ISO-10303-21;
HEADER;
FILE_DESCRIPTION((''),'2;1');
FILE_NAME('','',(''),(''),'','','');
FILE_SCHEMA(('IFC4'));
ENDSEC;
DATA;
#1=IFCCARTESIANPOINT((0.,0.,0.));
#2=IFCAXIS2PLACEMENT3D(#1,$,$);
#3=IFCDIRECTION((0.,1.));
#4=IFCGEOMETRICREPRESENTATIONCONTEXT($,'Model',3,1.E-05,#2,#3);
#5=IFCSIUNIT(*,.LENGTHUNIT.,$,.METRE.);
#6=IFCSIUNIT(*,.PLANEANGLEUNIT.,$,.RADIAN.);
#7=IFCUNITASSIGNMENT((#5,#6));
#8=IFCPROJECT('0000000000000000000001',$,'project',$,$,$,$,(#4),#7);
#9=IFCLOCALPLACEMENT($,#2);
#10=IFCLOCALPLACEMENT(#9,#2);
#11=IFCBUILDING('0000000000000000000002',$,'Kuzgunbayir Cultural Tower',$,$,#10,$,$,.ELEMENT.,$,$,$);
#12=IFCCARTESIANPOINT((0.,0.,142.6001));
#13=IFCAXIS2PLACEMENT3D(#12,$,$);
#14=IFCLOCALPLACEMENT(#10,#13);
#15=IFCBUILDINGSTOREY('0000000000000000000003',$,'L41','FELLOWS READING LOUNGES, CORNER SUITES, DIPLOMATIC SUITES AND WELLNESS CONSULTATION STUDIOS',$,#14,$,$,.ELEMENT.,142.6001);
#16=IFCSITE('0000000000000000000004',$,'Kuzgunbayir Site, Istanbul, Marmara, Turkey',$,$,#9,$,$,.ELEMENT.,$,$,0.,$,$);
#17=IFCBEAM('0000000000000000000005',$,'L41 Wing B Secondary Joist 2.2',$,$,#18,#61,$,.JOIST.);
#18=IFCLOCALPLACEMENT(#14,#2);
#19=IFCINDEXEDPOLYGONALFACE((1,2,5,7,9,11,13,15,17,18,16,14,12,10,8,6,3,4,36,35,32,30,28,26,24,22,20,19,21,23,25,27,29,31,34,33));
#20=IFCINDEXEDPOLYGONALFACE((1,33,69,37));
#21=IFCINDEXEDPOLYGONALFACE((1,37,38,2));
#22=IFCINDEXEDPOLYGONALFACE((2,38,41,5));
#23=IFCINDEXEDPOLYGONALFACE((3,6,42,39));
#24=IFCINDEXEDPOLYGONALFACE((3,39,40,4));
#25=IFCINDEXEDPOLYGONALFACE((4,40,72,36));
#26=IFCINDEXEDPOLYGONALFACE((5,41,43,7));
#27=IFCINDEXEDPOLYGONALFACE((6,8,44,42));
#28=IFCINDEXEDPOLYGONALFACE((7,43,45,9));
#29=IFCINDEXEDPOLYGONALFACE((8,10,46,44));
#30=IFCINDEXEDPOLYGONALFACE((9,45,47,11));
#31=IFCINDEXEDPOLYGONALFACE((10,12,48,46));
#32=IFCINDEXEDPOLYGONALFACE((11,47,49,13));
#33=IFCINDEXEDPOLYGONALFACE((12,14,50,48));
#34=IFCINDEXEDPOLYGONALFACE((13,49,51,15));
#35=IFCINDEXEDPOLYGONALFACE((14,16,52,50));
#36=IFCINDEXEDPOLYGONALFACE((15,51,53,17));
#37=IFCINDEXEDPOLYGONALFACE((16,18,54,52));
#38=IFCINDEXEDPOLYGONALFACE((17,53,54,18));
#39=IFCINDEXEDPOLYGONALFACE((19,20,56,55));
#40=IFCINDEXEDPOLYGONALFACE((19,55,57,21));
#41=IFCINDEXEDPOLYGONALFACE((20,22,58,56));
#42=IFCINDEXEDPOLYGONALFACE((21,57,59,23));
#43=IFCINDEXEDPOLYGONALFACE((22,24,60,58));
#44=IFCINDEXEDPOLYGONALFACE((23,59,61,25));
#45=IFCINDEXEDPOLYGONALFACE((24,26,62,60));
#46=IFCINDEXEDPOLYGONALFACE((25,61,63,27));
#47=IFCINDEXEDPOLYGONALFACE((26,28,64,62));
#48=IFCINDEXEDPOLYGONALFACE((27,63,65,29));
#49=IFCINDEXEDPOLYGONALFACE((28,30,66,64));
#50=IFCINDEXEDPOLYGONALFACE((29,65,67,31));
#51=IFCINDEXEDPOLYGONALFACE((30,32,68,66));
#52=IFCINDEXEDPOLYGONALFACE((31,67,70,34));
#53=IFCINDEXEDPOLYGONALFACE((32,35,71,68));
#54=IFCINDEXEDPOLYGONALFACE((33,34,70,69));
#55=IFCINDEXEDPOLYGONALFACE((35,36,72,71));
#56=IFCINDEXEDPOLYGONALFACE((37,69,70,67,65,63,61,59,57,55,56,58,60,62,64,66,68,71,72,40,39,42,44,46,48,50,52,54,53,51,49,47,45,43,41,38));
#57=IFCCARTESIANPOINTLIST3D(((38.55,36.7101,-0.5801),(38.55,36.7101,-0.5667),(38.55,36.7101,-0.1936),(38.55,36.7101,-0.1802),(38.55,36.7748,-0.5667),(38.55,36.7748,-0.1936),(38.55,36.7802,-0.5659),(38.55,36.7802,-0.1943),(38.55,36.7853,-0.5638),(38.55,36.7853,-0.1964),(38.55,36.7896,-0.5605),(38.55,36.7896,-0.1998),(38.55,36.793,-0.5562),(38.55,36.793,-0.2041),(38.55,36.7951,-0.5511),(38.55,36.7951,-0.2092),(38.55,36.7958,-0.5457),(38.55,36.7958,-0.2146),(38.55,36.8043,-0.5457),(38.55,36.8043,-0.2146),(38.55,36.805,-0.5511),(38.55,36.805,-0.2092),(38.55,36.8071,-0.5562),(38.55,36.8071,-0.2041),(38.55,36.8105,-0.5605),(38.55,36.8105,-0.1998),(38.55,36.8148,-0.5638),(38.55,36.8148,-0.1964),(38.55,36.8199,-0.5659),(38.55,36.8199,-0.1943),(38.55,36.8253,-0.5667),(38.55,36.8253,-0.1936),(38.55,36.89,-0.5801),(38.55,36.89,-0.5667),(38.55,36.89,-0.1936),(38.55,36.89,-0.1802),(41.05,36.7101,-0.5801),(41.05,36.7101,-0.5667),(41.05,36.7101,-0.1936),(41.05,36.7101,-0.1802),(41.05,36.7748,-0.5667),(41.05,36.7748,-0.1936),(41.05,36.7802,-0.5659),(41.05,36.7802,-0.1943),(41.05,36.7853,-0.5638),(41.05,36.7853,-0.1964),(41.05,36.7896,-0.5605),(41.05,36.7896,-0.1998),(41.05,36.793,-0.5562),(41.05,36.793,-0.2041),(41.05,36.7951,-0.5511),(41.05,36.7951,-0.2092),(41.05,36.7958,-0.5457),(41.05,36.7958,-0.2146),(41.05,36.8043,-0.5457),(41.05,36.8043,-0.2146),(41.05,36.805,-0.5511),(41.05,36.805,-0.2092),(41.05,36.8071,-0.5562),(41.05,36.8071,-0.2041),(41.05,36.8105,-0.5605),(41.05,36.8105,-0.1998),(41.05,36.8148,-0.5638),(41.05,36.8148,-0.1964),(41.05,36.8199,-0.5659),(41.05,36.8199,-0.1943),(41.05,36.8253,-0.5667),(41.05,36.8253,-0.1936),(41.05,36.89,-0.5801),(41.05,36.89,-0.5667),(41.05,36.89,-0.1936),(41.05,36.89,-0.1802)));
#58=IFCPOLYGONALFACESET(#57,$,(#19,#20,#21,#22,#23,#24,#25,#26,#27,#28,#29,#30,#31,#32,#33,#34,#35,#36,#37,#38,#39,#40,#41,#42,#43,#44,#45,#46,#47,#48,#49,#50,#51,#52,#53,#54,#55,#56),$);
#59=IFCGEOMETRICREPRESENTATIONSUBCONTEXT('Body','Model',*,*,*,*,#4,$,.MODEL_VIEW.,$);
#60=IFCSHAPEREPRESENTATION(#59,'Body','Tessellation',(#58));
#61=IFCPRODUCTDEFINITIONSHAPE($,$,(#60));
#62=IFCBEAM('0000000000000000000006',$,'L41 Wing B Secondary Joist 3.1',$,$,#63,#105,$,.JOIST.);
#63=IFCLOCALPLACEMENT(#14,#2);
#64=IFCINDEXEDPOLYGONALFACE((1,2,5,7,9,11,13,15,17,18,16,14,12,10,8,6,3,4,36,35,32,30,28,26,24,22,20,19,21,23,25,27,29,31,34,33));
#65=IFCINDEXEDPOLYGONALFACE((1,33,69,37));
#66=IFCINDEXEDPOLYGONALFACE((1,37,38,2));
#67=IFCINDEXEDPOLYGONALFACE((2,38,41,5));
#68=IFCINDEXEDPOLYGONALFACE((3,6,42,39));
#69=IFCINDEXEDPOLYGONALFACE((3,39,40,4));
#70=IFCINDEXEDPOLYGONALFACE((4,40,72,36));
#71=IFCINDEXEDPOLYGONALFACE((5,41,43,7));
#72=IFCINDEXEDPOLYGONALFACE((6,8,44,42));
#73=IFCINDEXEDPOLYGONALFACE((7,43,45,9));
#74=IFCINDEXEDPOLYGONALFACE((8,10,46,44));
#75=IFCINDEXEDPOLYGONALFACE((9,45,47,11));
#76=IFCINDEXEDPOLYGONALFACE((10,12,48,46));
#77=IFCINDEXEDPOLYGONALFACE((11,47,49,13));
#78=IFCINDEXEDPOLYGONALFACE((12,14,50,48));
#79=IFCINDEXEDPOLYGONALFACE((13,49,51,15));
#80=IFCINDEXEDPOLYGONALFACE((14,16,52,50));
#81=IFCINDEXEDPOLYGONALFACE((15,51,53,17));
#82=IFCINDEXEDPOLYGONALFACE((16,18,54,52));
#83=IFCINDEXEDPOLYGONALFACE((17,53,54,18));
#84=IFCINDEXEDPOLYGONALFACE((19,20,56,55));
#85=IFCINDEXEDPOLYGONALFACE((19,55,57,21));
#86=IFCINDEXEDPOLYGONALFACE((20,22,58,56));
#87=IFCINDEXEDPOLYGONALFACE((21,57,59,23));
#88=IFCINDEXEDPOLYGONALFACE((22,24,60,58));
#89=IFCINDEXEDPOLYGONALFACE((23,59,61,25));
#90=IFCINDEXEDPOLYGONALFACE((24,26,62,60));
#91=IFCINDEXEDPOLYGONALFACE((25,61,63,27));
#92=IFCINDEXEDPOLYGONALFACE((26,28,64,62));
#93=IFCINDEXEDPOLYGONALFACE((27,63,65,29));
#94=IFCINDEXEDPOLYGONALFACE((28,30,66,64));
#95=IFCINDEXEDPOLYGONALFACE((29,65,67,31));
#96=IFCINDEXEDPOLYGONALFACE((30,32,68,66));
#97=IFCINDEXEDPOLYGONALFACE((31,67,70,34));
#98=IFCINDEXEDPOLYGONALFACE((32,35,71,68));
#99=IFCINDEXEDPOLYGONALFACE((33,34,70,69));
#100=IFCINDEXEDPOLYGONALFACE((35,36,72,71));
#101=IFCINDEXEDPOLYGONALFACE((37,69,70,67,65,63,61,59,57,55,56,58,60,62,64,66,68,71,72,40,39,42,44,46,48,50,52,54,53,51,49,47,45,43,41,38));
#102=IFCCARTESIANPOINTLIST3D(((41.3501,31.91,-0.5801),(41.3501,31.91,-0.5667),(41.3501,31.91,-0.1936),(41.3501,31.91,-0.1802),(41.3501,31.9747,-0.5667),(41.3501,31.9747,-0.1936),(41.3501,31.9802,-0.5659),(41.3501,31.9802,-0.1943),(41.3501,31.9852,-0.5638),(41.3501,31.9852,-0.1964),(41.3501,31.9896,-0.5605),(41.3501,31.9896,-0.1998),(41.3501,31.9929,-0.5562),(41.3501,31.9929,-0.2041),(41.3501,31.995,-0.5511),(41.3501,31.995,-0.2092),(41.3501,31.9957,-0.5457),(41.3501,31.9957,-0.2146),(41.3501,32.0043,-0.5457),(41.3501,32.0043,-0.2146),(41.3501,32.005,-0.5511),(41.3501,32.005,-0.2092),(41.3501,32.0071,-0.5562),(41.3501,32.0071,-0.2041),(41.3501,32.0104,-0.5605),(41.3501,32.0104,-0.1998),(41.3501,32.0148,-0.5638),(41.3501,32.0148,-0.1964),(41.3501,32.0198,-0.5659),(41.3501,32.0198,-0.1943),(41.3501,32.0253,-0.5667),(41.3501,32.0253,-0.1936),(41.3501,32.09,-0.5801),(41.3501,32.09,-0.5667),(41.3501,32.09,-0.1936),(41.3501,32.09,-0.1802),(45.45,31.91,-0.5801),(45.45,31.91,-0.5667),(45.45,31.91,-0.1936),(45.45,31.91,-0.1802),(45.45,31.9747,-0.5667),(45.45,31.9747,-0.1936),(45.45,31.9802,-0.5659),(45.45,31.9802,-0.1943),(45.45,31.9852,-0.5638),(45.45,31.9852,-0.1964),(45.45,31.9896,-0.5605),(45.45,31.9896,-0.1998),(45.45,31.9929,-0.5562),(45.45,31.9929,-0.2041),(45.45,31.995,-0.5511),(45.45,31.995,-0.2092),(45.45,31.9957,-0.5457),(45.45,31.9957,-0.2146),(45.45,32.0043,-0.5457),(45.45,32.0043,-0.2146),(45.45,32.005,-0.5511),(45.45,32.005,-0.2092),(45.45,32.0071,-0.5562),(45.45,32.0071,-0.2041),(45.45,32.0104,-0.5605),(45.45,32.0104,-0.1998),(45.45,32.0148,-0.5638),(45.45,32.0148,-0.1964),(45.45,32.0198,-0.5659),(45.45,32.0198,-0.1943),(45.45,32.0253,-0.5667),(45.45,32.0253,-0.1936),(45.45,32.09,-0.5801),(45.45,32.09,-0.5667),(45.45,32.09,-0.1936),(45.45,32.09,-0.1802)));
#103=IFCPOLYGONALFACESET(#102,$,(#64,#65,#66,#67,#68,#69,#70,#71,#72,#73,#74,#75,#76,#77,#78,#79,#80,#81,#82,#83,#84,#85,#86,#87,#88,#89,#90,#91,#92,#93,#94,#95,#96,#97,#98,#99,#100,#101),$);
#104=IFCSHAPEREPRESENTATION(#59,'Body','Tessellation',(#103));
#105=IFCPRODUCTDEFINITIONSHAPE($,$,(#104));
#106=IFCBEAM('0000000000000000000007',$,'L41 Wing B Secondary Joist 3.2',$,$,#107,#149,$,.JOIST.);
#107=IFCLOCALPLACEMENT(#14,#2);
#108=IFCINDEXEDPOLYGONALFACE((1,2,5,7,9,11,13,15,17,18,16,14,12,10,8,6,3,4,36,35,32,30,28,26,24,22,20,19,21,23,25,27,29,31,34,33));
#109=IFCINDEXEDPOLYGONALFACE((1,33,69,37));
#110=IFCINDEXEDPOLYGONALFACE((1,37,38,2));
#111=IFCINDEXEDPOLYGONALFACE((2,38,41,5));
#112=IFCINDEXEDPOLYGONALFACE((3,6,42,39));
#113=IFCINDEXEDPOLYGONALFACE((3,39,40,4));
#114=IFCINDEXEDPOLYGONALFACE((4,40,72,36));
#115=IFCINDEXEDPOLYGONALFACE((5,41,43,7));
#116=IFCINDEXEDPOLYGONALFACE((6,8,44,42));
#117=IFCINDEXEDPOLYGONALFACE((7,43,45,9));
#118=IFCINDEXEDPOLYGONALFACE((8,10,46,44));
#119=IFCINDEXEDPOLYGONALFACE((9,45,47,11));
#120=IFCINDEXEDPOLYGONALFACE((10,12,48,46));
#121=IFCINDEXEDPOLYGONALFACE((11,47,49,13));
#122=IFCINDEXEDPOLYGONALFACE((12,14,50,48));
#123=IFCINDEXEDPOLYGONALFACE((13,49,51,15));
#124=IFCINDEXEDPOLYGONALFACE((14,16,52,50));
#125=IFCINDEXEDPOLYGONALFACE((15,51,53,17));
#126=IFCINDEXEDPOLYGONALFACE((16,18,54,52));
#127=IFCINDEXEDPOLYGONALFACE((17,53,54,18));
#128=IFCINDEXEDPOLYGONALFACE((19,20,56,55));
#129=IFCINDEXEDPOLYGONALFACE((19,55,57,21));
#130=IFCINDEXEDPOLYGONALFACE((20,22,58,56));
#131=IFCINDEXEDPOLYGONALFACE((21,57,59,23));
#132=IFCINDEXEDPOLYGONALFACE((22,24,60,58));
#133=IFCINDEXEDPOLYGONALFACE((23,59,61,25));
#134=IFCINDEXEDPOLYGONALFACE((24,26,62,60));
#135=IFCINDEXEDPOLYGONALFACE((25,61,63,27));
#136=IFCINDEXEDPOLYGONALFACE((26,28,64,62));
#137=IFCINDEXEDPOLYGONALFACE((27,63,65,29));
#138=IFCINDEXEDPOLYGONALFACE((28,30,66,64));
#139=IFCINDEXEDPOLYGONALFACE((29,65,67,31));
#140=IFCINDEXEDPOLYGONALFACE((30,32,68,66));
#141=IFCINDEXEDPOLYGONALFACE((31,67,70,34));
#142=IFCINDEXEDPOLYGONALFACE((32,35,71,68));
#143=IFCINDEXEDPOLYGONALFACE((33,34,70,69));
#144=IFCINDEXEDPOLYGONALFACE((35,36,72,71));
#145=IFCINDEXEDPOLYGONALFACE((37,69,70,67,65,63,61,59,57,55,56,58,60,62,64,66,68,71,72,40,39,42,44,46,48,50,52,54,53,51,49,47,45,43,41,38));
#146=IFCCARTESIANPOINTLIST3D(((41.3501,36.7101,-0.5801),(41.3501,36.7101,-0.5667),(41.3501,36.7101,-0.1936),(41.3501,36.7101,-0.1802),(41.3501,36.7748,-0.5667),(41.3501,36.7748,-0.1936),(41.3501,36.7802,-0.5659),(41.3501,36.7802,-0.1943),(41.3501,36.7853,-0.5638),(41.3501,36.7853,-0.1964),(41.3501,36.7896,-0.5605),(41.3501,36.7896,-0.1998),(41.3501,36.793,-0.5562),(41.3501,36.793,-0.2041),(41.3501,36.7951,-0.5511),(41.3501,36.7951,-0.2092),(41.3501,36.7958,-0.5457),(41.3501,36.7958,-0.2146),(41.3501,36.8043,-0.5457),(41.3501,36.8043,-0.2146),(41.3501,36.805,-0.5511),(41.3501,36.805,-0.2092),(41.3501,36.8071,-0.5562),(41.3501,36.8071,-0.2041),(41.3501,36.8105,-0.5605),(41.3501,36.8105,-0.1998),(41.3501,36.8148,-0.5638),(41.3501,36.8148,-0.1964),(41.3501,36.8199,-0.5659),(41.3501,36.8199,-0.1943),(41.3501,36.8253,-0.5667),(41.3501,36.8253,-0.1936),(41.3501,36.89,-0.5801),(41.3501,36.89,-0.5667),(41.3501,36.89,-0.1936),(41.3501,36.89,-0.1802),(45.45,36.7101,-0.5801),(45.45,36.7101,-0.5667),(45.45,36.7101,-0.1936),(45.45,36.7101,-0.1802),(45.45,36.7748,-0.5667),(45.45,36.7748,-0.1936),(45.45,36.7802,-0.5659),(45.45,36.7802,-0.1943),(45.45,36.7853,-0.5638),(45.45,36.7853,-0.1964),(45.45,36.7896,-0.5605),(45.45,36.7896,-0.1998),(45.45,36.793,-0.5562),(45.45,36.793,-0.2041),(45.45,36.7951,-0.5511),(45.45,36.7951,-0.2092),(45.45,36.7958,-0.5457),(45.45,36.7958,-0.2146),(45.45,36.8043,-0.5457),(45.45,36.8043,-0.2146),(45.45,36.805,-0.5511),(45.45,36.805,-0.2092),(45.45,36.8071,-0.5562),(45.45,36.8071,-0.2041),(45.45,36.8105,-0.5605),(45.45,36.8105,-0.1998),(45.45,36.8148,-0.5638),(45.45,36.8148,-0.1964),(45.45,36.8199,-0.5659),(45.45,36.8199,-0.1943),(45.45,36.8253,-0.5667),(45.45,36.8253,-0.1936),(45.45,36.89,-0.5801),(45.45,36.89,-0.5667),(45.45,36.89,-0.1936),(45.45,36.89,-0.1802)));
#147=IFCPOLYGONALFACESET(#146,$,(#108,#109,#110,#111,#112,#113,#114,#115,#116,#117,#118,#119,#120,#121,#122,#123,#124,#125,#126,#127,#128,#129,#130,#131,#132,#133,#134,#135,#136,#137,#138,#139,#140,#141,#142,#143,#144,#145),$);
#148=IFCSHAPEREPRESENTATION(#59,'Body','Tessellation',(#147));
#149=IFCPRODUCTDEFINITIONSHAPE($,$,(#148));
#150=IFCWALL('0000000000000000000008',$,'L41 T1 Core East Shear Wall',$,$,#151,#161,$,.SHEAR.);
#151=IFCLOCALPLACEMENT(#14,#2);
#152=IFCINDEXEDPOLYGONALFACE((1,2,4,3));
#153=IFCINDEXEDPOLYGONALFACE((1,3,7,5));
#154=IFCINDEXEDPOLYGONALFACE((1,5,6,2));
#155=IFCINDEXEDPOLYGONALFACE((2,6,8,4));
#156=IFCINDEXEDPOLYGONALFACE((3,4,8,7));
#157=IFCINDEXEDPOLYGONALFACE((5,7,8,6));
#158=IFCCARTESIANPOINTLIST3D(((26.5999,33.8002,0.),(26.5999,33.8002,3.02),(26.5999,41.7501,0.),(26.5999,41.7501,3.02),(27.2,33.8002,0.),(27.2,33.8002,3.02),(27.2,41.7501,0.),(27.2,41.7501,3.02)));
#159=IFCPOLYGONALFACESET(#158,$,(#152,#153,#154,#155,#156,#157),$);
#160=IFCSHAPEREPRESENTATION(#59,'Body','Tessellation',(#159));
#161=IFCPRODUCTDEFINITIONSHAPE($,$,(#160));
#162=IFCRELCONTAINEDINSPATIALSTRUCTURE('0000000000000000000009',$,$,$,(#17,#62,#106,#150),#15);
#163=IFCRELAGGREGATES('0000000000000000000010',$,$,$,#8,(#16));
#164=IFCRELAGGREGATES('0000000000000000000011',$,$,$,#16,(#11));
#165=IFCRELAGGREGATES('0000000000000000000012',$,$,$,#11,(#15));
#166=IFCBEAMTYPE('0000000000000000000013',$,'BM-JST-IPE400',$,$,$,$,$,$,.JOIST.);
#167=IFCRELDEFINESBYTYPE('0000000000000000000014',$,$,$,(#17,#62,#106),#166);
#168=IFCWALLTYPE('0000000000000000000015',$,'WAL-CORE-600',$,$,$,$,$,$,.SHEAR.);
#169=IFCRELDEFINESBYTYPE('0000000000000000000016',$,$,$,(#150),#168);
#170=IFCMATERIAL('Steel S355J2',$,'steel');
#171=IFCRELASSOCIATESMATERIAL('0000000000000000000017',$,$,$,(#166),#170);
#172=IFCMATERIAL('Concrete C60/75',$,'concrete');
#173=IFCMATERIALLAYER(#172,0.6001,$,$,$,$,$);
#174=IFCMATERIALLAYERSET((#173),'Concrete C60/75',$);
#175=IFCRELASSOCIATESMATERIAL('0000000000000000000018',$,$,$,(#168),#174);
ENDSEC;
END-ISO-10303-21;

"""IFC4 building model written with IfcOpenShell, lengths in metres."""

from ifc_helpers import new_model, si_unit, direction, frame, frame_2d, origin, origin_2d, place, context, subcontext, project, spatial, rectangle, i_section, extrude, material, layer, layer_set, material_profile, profile_set, type_object, element, save


model = new_model("IFC4")

# Units and contexts
model_context = context("Model", 3, precision=1e-05, world=origin(), true_north=direction((0.0, 1.0)))
body_context = subcontext(model_context, "Body", "Model", "MODEL_VIEW")
ifc_project = project(units=[si_unit("LENGTHUNIT", "METRE"), si_unit("PLANEANGLEUNIT", "RADIAN")], contexts=[model_context])

# Site, building, storey
site_placement = place(None, origin())
site = spatial("IfcSite", under=ifc_project, at=site_placement, Name="Kuzgunbayir Site, Istanbul, Marmara, Turkey", CompositionType="ELEMENT", RefElevation=0.0)
building_placement = place(site_placement, origin())
building = spatial("IfcBuilding", under=site, at=building_placement, Name="Kuzgunbayir Cultural Tower", CompositionType="ELEMENT")
storey_placement = place(building_placement, frame((0.0, 0.0, 142.6001)))
storey = spatial("IfcBuildingStorey", under=building, at=storey_placement, Name="L41", Description="FELLOWS READING LOUNGES, CORNER SUITES, DIPLOMATIC SUITES AND WELLNESS CONSULTATION STUDIOS", CompositionType="ELEMENT", Elevation=142.6001)

# Beams
ifc_material_1 = material(Name="Steel S355J2", Category="steel")
ifc_material_profile_1 = material_profile(ifc_material_1, i_section(OverallWidth=0.1799, OverallDepth=0.3999, WebThickness=0.0085, FlangeThickness=0.0134, FilletRadius=0.021, at=origin_2d()), Name="IPE 400")
ifc_profile_set_1 = profile_set([ifc_material_profile_1], Name="Steel S355J2")
beam_type_1 = type_object("IfcBeamType", Name="BM-JST-IPE400", PredefinedType="JOIST", material=ifc_profile_set_1)
beam_1_placement = place(storey_placement, frame((38.55, 36.8, -0.3801), z_axis=(1.0, 0.0, 0.0), x_axis=(0.0, 1.0, 0.0)))
element("IfcBeam", 1, at=beam_1_placement, inside=storey, type_object=beam_type_1, Name="L41 Wing B Secondary Joist 2.2", PredefinedType="JOIST", context=body_context, shape_type="SweptSolid", body=[
    extrude(i_section(OverallWidth=0.1799, OverallDepth=0.3999, WebThickness=0.0085, FlangeThickness=0.0134, FilletRadius=0.021, at=origin_2d()), origin(), (0.0, 0.0, 1.0), 2.5),
])
for number, where, z_axis, x_axis, name in (
    (2, (41.3501, 32.0, -0.3801), (1.0, 0.0, 0.0), (0.0, 1.0, 0.0), "L41 Wing B Secondary Joist 3.1"),
    (3, (41.3501, 36.8, -0.3801), (1.0, 0.0, 0.0), (0.0, 1.0, 0.0), "L41 Wing B Secondary Joist 3.2"),
):
    element("IfcBeam", number, at=place(storey_placement, frame(where, z_axis=z_axis, x_axis=x_axis)), inside=storey, type_object=beam_type_1, Name=name, PredefinedType="JOIST", context=body_context, shape_type="SweptSolid", body=[
        extrude(i_section(OverallWidth=0.1799, OverallDepth=0.3999, WebThickness=0.0085, FlangeThickness=0.0134, FilletRadius=0.021, at=origin_2d()), origin(), (0.0, 0.0, 1.0), 4.0999),
    ])

# Wall
ifc_material_2 = material(Name="Concrete C60/75", Category="concrete")
ifc_layer_1 = layer(ifc_material_2, 0.6001)
ifc_layer_set_1 = layer_set([ifc_layer_1], Name="Concrete C60/75")
wall_type_1 = type_object("IfcWallType", Name="WAL-CORE-600", PredefinedType="SHEAR", material=ifc_layer_set_1)
wall_1_placement = place(storey_placement, frame((26.8999, 33.8, 0.0), z_axis=(0.0, 0.0, 1.0), x_axis=(0.0, 1.0, 0.0)))
element("IfcWall", 4, at=wall_1_placement, inside=storey, type_object=wall_type_1, Name="L41 T1 Core East Shear Wall", PredefinedType="SHEAR", context=body_context, shape_type="SweptSolid", body=[
    extrude(rectangle(XDim=7.95, YDim=0.6001, at=frame_2d((3.9751, 0.0))), origin(), (0.0, 0.0, 1.0), 3.02),
])

save(model, "model.ifc")
